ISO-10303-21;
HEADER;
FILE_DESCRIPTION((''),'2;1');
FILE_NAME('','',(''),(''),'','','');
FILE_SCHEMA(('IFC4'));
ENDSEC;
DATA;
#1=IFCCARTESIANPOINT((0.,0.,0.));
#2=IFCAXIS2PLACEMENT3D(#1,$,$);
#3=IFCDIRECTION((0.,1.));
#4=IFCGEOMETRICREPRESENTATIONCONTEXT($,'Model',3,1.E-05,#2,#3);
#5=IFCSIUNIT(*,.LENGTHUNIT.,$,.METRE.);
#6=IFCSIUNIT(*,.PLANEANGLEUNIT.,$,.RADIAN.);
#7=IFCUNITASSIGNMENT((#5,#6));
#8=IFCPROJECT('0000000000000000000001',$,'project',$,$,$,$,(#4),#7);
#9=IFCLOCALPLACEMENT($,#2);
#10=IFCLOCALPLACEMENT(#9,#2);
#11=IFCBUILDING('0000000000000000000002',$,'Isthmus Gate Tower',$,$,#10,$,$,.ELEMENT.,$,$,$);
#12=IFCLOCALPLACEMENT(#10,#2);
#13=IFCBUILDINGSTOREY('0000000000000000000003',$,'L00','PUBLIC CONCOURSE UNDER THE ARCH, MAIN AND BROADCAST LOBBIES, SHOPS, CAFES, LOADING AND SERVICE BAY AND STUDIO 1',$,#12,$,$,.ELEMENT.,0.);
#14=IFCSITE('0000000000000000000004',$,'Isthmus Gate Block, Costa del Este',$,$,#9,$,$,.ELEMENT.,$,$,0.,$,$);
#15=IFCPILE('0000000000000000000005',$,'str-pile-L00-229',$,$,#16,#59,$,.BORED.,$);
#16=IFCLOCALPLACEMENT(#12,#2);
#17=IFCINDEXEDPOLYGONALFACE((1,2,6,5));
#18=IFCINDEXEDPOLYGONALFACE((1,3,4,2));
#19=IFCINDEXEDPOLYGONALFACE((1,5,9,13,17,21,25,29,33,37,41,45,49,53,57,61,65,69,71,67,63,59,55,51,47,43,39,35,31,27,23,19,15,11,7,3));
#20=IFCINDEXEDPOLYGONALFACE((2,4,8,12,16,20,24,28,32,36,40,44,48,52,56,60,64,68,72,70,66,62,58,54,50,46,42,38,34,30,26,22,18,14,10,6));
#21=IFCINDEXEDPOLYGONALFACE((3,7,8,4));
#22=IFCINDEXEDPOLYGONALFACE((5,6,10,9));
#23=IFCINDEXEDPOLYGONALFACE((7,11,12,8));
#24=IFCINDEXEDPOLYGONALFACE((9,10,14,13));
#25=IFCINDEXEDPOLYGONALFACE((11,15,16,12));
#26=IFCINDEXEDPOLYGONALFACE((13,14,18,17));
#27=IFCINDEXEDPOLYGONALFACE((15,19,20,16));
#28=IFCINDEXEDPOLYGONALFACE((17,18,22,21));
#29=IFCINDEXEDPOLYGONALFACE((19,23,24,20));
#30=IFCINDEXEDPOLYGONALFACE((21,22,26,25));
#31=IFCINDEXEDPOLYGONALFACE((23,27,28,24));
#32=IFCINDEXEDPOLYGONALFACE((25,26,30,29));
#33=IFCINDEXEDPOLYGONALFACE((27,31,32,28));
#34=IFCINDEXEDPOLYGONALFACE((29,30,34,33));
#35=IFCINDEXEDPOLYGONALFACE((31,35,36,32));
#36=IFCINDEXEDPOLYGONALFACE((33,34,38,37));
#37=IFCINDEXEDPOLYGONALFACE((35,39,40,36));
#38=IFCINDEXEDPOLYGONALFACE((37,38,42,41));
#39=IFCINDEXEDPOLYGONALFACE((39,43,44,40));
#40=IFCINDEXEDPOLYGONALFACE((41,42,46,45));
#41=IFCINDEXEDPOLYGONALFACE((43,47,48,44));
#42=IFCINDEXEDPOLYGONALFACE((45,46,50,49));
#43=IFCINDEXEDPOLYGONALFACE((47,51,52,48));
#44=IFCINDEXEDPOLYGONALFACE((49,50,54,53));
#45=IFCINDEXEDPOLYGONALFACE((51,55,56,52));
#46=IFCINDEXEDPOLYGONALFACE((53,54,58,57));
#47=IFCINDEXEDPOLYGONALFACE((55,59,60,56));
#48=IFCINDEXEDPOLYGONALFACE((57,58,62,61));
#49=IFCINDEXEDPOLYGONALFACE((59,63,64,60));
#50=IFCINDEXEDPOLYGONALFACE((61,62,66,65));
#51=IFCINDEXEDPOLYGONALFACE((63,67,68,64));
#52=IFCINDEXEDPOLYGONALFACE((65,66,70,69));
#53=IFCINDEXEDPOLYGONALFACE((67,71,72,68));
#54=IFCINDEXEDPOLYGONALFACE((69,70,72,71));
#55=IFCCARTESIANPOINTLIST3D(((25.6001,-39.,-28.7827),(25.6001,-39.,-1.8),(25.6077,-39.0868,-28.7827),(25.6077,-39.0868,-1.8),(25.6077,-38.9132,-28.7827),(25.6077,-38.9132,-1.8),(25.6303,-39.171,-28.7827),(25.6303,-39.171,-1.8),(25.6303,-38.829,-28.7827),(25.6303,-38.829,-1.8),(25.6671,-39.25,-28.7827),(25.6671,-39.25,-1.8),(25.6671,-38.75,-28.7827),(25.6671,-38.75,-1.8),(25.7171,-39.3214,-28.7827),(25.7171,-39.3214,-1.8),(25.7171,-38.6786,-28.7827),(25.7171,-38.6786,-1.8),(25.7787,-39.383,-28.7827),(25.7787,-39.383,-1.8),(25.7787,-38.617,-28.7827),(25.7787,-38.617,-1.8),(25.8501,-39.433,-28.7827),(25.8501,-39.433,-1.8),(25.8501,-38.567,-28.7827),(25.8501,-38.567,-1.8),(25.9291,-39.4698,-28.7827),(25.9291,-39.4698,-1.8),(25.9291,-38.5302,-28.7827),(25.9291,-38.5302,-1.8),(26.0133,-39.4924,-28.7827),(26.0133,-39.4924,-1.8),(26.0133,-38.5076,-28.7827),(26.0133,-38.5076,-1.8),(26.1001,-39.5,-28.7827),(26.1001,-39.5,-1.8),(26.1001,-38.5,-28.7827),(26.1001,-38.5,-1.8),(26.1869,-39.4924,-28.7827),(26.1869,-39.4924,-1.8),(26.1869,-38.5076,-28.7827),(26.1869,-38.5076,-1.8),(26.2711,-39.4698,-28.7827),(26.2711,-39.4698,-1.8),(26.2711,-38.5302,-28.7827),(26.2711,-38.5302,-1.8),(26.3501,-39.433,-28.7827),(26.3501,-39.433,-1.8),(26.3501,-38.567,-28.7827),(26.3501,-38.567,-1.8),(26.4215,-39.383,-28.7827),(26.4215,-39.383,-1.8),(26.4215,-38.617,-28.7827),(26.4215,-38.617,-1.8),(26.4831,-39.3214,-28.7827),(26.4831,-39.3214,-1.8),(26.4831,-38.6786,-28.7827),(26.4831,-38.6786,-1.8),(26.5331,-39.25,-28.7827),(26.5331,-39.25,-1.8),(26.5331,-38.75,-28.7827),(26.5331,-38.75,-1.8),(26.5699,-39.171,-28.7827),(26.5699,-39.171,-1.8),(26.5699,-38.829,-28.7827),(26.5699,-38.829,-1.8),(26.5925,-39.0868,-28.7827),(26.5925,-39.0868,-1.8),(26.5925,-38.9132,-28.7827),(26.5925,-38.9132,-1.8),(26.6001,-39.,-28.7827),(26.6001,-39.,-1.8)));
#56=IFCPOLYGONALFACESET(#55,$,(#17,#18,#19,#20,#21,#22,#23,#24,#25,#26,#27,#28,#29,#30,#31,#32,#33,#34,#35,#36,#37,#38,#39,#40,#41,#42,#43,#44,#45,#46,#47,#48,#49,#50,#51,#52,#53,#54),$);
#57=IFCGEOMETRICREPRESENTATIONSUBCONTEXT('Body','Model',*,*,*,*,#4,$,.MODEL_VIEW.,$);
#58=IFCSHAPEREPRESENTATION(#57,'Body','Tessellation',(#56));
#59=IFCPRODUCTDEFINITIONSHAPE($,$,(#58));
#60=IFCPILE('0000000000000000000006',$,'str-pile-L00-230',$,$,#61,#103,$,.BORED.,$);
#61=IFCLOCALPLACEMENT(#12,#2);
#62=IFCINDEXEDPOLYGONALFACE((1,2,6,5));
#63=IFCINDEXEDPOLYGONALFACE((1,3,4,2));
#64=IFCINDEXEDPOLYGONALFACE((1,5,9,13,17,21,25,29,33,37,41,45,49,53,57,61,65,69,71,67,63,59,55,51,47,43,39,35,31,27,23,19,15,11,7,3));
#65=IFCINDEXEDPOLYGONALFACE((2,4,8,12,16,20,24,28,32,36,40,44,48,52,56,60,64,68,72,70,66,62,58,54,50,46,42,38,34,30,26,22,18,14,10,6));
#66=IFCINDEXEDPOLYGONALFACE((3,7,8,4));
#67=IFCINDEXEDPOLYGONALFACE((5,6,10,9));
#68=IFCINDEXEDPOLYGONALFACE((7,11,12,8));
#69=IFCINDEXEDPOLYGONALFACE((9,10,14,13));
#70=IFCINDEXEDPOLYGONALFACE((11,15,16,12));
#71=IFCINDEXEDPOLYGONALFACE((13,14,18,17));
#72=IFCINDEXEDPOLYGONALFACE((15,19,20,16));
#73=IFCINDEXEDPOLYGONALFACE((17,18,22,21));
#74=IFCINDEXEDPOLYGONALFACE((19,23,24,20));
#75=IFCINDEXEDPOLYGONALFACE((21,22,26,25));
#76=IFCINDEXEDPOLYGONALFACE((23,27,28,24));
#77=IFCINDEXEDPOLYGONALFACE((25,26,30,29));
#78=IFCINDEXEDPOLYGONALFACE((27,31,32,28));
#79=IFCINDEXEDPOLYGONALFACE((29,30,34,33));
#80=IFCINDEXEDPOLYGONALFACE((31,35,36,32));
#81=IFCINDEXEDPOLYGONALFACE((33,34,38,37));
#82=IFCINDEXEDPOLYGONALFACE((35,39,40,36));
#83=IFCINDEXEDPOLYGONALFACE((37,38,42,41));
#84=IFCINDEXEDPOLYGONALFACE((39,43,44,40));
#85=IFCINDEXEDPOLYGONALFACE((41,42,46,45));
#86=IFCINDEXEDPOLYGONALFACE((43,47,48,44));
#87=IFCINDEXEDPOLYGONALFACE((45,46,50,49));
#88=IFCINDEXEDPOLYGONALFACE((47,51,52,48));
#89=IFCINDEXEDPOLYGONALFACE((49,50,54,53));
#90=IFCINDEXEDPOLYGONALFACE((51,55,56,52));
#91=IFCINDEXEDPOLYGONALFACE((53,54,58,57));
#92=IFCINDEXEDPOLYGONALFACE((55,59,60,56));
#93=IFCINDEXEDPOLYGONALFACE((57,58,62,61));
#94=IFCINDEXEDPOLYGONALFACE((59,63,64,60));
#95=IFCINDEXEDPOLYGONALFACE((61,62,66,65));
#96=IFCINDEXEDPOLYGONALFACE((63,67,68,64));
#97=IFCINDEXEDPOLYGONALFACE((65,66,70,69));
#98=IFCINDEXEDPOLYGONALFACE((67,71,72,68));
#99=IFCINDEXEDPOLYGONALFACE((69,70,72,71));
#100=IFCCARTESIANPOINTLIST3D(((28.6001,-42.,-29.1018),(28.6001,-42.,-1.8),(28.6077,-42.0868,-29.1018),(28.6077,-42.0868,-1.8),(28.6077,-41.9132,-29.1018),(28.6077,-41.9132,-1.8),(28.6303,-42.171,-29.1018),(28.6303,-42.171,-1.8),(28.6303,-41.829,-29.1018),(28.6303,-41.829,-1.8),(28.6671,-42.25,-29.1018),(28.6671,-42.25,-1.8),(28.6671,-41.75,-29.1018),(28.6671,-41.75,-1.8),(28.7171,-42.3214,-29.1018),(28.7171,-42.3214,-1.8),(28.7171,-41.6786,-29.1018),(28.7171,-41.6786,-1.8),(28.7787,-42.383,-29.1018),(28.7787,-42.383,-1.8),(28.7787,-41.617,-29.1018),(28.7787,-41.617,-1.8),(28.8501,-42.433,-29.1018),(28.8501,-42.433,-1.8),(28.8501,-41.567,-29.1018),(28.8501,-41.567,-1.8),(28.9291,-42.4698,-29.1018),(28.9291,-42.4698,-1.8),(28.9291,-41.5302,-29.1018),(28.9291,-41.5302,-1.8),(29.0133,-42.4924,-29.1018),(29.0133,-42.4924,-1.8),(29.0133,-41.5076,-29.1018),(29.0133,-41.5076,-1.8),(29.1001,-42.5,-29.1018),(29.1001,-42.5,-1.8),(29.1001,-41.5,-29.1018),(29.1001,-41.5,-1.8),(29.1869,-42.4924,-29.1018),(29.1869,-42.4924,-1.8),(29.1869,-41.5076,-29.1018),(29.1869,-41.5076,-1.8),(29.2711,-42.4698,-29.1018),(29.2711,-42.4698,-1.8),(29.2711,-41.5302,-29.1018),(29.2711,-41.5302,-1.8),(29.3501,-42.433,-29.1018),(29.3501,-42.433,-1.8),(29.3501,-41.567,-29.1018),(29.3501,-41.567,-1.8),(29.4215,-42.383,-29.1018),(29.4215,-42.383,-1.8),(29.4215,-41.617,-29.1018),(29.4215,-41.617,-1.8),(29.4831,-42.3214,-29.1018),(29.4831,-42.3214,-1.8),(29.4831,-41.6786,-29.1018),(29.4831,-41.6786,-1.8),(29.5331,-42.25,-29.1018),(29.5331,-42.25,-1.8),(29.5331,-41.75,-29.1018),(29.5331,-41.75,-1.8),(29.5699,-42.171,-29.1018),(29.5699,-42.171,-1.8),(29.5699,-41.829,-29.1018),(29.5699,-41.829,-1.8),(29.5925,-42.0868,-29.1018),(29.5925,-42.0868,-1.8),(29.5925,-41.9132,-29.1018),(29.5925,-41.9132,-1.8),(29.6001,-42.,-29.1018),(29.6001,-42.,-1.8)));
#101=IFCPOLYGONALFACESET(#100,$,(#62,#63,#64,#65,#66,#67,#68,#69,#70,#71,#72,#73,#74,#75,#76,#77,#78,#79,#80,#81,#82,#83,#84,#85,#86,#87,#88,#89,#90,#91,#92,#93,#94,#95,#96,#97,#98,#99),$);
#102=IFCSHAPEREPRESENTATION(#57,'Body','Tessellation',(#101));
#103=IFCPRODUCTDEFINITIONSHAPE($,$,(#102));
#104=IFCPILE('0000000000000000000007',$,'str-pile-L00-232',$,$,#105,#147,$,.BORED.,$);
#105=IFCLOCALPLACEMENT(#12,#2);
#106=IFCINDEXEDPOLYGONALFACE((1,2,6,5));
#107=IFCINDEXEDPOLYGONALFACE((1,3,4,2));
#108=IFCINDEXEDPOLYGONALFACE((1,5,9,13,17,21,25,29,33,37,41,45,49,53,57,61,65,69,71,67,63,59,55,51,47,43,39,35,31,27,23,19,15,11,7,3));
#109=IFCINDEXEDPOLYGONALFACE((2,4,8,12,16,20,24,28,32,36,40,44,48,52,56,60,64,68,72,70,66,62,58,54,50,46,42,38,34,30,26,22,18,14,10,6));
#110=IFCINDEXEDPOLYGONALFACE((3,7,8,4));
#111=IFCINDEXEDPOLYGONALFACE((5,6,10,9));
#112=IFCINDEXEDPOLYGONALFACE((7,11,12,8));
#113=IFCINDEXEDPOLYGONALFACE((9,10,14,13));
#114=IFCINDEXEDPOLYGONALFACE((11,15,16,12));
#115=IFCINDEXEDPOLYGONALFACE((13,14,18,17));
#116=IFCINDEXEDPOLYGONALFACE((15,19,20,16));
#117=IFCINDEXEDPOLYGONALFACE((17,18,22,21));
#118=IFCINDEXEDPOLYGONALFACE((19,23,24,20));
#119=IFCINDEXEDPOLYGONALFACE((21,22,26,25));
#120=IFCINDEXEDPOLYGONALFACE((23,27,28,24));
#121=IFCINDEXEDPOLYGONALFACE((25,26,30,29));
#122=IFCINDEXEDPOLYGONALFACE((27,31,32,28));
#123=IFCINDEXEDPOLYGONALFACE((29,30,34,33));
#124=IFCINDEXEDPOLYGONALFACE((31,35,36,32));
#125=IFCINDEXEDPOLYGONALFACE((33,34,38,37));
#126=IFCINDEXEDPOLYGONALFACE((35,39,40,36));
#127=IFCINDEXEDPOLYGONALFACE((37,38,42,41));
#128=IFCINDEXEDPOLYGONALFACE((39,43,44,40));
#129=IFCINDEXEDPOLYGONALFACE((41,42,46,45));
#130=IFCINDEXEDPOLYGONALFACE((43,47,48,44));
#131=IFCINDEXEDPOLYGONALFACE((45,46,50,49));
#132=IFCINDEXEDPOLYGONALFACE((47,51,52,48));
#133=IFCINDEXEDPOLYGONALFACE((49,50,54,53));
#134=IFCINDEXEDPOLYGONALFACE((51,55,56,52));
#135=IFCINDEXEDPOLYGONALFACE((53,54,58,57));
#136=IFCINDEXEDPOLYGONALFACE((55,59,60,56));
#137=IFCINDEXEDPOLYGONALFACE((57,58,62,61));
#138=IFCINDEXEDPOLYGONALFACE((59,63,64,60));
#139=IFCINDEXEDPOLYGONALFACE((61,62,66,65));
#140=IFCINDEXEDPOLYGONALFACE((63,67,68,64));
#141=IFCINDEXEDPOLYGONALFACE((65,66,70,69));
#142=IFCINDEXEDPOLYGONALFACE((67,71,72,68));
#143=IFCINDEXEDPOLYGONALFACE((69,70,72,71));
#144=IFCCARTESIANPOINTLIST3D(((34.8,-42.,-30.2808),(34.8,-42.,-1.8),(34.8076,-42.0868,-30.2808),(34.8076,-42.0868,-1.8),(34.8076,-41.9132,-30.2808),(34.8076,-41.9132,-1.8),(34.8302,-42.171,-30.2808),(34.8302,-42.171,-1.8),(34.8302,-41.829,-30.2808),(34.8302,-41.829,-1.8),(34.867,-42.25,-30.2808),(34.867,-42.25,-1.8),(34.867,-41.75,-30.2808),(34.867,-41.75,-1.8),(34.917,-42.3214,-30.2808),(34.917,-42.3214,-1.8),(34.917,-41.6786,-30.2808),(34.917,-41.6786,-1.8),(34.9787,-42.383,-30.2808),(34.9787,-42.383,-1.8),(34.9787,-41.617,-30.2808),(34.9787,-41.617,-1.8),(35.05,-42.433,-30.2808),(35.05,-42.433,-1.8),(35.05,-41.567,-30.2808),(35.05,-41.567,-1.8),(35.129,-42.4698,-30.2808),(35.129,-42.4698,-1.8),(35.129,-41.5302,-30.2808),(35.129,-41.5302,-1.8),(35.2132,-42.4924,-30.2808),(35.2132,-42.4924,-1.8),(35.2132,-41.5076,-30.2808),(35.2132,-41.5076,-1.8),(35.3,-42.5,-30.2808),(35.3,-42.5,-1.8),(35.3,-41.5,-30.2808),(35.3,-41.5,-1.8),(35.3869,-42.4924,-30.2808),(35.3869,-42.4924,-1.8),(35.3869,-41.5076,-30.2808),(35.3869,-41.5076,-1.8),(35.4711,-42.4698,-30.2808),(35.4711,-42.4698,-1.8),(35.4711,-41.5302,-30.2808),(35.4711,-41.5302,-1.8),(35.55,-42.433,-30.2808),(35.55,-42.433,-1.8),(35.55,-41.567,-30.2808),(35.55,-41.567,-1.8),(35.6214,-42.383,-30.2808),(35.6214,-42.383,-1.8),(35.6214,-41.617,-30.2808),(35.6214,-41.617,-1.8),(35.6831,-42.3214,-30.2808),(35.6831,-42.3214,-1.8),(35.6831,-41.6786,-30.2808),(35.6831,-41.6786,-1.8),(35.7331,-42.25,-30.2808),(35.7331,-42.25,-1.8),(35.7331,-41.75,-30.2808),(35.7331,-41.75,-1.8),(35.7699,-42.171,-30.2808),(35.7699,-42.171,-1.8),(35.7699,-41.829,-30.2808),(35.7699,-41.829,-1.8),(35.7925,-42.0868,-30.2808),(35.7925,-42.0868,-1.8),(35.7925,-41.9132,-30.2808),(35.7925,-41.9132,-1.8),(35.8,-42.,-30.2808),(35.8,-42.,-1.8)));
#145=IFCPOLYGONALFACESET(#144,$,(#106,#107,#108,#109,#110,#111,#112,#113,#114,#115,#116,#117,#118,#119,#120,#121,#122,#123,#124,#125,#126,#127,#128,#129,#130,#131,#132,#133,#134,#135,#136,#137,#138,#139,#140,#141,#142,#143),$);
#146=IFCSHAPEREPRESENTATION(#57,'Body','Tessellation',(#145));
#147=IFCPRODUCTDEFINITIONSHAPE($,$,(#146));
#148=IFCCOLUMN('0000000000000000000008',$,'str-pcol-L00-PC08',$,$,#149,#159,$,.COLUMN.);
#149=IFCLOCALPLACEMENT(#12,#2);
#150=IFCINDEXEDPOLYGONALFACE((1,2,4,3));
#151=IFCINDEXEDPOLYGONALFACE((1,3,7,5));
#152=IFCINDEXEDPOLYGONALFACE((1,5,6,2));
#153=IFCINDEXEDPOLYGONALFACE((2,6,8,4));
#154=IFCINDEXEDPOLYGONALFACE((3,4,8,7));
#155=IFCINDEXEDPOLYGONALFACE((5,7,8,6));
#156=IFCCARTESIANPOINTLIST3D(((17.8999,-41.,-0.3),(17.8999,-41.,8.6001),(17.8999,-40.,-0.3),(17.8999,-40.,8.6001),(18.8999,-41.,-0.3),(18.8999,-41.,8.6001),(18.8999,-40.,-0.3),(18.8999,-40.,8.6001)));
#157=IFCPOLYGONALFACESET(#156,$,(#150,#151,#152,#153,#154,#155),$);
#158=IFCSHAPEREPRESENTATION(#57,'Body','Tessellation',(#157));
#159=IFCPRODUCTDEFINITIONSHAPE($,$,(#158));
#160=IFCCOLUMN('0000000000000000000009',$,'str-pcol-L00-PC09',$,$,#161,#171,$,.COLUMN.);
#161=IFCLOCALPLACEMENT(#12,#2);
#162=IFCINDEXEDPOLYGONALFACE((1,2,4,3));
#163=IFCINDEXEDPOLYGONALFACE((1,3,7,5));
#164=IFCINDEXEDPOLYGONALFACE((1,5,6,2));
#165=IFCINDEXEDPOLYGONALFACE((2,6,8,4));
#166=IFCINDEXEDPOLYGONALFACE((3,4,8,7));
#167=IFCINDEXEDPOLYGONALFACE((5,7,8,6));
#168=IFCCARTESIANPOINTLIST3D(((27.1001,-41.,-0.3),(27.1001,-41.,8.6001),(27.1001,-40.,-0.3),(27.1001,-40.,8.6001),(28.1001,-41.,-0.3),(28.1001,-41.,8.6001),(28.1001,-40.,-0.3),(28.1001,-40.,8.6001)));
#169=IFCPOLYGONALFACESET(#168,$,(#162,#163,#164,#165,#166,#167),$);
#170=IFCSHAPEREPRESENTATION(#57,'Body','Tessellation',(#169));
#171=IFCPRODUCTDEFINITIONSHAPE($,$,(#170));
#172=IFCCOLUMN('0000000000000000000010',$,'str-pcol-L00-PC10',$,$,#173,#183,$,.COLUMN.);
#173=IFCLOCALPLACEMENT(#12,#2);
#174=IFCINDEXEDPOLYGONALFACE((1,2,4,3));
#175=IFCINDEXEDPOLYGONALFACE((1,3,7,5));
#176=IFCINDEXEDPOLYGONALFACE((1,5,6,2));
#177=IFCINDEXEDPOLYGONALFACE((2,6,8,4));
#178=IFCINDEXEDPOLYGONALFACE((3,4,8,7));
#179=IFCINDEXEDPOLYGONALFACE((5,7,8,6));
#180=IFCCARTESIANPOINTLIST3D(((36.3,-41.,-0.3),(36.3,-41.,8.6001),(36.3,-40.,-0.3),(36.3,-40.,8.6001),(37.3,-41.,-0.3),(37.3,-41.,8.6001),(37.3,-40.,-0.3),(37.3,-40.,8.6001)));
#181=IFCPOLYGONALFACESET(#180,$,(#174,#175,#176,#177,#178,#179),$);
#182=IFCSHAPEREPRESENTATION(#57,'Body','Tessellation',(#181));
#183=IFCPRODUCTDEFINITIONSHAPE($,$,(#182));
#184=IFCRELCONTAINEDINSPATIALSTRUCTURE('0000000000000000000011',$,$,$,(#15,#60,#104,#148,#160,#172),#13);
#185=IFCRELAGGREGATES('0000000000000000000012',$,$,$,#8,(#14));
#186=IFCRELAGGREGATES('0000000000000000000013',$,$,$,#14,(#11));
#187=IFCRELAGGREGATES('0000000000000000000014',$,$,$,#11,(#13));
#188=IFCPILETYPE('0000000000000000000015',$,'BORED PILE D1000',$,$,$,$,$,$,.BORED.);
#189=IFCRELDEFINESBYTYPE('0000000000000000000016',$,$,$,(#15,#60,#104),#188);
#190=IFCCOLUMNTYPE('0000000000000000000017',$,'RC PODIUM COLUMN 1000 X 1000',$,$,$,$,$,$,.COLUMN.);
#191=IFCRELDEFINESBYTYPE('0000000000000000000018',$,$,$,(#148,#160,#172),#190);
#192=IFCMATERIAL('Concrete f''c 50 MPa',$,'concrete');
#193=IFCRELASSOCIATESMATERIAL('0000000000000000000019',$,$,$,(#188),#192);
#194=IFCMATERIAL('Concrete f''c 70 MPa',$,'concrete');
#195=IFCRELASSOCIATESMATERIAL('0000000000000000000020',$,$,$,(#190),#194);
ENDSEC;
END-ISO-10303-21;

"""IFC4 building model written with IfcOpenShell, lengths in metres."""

from ifc_helpers import new_model, si_unit, direction, frame, origin, origin_2d, place, context, subcontext, project, spatial, rectangle, circle, extrude, material, material_profile, profile_set, type_object, element, save


model = new_model("IFC4")

# Units and contexts
model_context = context("Model", 3, precision=1e-05, world=origin(), true_north=direction((0.0, 1.0)))
body_context = subcontext(model_context, "Body", "Model", "MODEL_VIEW")
ifc_project = project(units=[si_unit("LENGTHUNIT", "METRE"), si_unit("PLANEANGLEUNIT", "RADIAN")], contexts=[model_context])

# Site, building, storey
site_placement = place(None, origin())
site = spatial("IfcSite", under=ifc_project, at=site_placement, Name="Isthmus Gate Block, Costa del Este", CompositionType="ELEMENT", RefElevation=0.0)
building_placement = place(site_placement, origin())
building = spatial("IfcBuilding", under=site, at=building_placement, Name="Isthmus Gate Tower", CompositionType="ELEMENT")
storey_placement = place(building_placement, origin())
storey = spatial("IfcBuildingStorey", under=building, at=storey_placement, Name="L00", Description="PUBLIC CONCOURSE UNDER THE ARCH, MAIN AND BROADCAST LOBBIES, SHOPS, CAFES, LOADING AND SERVICE BAY AND STUDIO 1", CompositionType="ELEMENT", Elevation=0.0)

# Piles
ifc_material_1 = material(Name="Concrete f'c 50 MPa", Category="concrete")
ifc_material_profile_1 = material_profile(ifc_material_1, circle(Radius=0.5, at=origin_2d()), Name="D1000")
ifc_profile_set_1 = profile_set([ifc_material_profile_1], Name="Concrete f'c 50 MPa")
pile_type = type_object("IfcPileType", Name="BORED PILE D1000", PredefinedType="BORED", material=ifc_profile_set_1)
pile_1_placement = place(storey_placement, frame((26.1001, -39.0, -1.8), z_axis=(0.0, 0.0, -1.0), x_axis=(1.0, 0.0, 0.0)))
element("IfcPile", 1, at=pile_1_placement, inside=storey, type_object=pile_type, Name="str-pile-L00-229", PredefinedType="BORED", context=body_context, shape_type="SweptSolid", body=[
    extrude(circle(Radius=0.5, at=origin_2d()), origin(), (0.0, 0.0, 1.0), 26.9827),
])
pile_2_placement = place(storey_placement, frame((29.1001, -42.0, -1.8), z_axis=(0.0, 0.0, -1.0), x_axis=(1.0, 0.0, 0.0)))
element("IfcPile", 2, at=pile_2_placement, inside=storey, type_object=pile_type, Name="str-pile-L00-230", PredefinedType="BORED", context=body_context, shape_type="SweptSolid", body=[
    extrude(circle(Radius=0.5, at=origin_2d()), origin(), (0.0, 0.0, 1.0), 27.3018),
])
pile_3_placement = place(storey_placement, frame((35.3, -42.0, -1.8), z_axis=(0.0, 0.0, -1.0), x_axis=(1.0, 0.0, 0.0)))
element("IfcPile", 3, at=pile_3_placement, inside=storey, type_object=pile_type, Name="str-pile-L00-232", PredefinedType="BORED", context=body_context, shape_type="SweptSolid", body=[
    extrude(circle(Radius=0.5, at=origin_2d()), origin(), (0.0, 0.0, 1.0), 28.4807),
])

# Columns
ifc_material_2 = material(Name="Concrete f'c 70 MPa", Category="concrete")
ifc_material_profile_2 = material_profile(ifc_material_2, rectangle(XDim=1.0, YDim=1.0, at=origin_2d()), Name="RC 1000X1000")
ifc_profile_set_2 = profile_set([ifc_material_profile_2], Name="Concrete f'c 70 MPa")
column_type = type_object("IfcColumnType", Name="RC PODIUM COLUMN 1000 X 1000", PredefinedType="COLUMN", material=ifc_profile_set_2)
for number, where, z_axis, x_axis, name in (
    (4, (18.3999, -40.5, -0.3), (0.0, 0.0, 1.0), (1.0, 0.0, 0.0), "str-pcol-L00-PC08"),
    (5, (27.6001, -40.5, -0.3), (0.0, 0.0, 1.0), (1.0, 0.0, 0.0), "str-pcol-L00-PC09"),
    (6, (36.8, -40.5, -0.3), (0.0, 0.0, 1.0), (1.0, 0.0, 0.0), "str-pcol-L00-PC10"),
):
    element("IfcColumn", number, at=place(storey_placement, frame(where, z_axis=z_axis, x_axis=x_axis)), inside=storey, type_object=column_type, Name=name, PredefinedType="COLUMN", context=body_context, shape_type="SweptSolid", body=[
        extrude(rectangle(XDim=1.0, YDim=1.0, at=origin_2d()), origin(), (0.0, 0.0, 1.0), 8.9001),
    ])

save(model, "model.ifc")
